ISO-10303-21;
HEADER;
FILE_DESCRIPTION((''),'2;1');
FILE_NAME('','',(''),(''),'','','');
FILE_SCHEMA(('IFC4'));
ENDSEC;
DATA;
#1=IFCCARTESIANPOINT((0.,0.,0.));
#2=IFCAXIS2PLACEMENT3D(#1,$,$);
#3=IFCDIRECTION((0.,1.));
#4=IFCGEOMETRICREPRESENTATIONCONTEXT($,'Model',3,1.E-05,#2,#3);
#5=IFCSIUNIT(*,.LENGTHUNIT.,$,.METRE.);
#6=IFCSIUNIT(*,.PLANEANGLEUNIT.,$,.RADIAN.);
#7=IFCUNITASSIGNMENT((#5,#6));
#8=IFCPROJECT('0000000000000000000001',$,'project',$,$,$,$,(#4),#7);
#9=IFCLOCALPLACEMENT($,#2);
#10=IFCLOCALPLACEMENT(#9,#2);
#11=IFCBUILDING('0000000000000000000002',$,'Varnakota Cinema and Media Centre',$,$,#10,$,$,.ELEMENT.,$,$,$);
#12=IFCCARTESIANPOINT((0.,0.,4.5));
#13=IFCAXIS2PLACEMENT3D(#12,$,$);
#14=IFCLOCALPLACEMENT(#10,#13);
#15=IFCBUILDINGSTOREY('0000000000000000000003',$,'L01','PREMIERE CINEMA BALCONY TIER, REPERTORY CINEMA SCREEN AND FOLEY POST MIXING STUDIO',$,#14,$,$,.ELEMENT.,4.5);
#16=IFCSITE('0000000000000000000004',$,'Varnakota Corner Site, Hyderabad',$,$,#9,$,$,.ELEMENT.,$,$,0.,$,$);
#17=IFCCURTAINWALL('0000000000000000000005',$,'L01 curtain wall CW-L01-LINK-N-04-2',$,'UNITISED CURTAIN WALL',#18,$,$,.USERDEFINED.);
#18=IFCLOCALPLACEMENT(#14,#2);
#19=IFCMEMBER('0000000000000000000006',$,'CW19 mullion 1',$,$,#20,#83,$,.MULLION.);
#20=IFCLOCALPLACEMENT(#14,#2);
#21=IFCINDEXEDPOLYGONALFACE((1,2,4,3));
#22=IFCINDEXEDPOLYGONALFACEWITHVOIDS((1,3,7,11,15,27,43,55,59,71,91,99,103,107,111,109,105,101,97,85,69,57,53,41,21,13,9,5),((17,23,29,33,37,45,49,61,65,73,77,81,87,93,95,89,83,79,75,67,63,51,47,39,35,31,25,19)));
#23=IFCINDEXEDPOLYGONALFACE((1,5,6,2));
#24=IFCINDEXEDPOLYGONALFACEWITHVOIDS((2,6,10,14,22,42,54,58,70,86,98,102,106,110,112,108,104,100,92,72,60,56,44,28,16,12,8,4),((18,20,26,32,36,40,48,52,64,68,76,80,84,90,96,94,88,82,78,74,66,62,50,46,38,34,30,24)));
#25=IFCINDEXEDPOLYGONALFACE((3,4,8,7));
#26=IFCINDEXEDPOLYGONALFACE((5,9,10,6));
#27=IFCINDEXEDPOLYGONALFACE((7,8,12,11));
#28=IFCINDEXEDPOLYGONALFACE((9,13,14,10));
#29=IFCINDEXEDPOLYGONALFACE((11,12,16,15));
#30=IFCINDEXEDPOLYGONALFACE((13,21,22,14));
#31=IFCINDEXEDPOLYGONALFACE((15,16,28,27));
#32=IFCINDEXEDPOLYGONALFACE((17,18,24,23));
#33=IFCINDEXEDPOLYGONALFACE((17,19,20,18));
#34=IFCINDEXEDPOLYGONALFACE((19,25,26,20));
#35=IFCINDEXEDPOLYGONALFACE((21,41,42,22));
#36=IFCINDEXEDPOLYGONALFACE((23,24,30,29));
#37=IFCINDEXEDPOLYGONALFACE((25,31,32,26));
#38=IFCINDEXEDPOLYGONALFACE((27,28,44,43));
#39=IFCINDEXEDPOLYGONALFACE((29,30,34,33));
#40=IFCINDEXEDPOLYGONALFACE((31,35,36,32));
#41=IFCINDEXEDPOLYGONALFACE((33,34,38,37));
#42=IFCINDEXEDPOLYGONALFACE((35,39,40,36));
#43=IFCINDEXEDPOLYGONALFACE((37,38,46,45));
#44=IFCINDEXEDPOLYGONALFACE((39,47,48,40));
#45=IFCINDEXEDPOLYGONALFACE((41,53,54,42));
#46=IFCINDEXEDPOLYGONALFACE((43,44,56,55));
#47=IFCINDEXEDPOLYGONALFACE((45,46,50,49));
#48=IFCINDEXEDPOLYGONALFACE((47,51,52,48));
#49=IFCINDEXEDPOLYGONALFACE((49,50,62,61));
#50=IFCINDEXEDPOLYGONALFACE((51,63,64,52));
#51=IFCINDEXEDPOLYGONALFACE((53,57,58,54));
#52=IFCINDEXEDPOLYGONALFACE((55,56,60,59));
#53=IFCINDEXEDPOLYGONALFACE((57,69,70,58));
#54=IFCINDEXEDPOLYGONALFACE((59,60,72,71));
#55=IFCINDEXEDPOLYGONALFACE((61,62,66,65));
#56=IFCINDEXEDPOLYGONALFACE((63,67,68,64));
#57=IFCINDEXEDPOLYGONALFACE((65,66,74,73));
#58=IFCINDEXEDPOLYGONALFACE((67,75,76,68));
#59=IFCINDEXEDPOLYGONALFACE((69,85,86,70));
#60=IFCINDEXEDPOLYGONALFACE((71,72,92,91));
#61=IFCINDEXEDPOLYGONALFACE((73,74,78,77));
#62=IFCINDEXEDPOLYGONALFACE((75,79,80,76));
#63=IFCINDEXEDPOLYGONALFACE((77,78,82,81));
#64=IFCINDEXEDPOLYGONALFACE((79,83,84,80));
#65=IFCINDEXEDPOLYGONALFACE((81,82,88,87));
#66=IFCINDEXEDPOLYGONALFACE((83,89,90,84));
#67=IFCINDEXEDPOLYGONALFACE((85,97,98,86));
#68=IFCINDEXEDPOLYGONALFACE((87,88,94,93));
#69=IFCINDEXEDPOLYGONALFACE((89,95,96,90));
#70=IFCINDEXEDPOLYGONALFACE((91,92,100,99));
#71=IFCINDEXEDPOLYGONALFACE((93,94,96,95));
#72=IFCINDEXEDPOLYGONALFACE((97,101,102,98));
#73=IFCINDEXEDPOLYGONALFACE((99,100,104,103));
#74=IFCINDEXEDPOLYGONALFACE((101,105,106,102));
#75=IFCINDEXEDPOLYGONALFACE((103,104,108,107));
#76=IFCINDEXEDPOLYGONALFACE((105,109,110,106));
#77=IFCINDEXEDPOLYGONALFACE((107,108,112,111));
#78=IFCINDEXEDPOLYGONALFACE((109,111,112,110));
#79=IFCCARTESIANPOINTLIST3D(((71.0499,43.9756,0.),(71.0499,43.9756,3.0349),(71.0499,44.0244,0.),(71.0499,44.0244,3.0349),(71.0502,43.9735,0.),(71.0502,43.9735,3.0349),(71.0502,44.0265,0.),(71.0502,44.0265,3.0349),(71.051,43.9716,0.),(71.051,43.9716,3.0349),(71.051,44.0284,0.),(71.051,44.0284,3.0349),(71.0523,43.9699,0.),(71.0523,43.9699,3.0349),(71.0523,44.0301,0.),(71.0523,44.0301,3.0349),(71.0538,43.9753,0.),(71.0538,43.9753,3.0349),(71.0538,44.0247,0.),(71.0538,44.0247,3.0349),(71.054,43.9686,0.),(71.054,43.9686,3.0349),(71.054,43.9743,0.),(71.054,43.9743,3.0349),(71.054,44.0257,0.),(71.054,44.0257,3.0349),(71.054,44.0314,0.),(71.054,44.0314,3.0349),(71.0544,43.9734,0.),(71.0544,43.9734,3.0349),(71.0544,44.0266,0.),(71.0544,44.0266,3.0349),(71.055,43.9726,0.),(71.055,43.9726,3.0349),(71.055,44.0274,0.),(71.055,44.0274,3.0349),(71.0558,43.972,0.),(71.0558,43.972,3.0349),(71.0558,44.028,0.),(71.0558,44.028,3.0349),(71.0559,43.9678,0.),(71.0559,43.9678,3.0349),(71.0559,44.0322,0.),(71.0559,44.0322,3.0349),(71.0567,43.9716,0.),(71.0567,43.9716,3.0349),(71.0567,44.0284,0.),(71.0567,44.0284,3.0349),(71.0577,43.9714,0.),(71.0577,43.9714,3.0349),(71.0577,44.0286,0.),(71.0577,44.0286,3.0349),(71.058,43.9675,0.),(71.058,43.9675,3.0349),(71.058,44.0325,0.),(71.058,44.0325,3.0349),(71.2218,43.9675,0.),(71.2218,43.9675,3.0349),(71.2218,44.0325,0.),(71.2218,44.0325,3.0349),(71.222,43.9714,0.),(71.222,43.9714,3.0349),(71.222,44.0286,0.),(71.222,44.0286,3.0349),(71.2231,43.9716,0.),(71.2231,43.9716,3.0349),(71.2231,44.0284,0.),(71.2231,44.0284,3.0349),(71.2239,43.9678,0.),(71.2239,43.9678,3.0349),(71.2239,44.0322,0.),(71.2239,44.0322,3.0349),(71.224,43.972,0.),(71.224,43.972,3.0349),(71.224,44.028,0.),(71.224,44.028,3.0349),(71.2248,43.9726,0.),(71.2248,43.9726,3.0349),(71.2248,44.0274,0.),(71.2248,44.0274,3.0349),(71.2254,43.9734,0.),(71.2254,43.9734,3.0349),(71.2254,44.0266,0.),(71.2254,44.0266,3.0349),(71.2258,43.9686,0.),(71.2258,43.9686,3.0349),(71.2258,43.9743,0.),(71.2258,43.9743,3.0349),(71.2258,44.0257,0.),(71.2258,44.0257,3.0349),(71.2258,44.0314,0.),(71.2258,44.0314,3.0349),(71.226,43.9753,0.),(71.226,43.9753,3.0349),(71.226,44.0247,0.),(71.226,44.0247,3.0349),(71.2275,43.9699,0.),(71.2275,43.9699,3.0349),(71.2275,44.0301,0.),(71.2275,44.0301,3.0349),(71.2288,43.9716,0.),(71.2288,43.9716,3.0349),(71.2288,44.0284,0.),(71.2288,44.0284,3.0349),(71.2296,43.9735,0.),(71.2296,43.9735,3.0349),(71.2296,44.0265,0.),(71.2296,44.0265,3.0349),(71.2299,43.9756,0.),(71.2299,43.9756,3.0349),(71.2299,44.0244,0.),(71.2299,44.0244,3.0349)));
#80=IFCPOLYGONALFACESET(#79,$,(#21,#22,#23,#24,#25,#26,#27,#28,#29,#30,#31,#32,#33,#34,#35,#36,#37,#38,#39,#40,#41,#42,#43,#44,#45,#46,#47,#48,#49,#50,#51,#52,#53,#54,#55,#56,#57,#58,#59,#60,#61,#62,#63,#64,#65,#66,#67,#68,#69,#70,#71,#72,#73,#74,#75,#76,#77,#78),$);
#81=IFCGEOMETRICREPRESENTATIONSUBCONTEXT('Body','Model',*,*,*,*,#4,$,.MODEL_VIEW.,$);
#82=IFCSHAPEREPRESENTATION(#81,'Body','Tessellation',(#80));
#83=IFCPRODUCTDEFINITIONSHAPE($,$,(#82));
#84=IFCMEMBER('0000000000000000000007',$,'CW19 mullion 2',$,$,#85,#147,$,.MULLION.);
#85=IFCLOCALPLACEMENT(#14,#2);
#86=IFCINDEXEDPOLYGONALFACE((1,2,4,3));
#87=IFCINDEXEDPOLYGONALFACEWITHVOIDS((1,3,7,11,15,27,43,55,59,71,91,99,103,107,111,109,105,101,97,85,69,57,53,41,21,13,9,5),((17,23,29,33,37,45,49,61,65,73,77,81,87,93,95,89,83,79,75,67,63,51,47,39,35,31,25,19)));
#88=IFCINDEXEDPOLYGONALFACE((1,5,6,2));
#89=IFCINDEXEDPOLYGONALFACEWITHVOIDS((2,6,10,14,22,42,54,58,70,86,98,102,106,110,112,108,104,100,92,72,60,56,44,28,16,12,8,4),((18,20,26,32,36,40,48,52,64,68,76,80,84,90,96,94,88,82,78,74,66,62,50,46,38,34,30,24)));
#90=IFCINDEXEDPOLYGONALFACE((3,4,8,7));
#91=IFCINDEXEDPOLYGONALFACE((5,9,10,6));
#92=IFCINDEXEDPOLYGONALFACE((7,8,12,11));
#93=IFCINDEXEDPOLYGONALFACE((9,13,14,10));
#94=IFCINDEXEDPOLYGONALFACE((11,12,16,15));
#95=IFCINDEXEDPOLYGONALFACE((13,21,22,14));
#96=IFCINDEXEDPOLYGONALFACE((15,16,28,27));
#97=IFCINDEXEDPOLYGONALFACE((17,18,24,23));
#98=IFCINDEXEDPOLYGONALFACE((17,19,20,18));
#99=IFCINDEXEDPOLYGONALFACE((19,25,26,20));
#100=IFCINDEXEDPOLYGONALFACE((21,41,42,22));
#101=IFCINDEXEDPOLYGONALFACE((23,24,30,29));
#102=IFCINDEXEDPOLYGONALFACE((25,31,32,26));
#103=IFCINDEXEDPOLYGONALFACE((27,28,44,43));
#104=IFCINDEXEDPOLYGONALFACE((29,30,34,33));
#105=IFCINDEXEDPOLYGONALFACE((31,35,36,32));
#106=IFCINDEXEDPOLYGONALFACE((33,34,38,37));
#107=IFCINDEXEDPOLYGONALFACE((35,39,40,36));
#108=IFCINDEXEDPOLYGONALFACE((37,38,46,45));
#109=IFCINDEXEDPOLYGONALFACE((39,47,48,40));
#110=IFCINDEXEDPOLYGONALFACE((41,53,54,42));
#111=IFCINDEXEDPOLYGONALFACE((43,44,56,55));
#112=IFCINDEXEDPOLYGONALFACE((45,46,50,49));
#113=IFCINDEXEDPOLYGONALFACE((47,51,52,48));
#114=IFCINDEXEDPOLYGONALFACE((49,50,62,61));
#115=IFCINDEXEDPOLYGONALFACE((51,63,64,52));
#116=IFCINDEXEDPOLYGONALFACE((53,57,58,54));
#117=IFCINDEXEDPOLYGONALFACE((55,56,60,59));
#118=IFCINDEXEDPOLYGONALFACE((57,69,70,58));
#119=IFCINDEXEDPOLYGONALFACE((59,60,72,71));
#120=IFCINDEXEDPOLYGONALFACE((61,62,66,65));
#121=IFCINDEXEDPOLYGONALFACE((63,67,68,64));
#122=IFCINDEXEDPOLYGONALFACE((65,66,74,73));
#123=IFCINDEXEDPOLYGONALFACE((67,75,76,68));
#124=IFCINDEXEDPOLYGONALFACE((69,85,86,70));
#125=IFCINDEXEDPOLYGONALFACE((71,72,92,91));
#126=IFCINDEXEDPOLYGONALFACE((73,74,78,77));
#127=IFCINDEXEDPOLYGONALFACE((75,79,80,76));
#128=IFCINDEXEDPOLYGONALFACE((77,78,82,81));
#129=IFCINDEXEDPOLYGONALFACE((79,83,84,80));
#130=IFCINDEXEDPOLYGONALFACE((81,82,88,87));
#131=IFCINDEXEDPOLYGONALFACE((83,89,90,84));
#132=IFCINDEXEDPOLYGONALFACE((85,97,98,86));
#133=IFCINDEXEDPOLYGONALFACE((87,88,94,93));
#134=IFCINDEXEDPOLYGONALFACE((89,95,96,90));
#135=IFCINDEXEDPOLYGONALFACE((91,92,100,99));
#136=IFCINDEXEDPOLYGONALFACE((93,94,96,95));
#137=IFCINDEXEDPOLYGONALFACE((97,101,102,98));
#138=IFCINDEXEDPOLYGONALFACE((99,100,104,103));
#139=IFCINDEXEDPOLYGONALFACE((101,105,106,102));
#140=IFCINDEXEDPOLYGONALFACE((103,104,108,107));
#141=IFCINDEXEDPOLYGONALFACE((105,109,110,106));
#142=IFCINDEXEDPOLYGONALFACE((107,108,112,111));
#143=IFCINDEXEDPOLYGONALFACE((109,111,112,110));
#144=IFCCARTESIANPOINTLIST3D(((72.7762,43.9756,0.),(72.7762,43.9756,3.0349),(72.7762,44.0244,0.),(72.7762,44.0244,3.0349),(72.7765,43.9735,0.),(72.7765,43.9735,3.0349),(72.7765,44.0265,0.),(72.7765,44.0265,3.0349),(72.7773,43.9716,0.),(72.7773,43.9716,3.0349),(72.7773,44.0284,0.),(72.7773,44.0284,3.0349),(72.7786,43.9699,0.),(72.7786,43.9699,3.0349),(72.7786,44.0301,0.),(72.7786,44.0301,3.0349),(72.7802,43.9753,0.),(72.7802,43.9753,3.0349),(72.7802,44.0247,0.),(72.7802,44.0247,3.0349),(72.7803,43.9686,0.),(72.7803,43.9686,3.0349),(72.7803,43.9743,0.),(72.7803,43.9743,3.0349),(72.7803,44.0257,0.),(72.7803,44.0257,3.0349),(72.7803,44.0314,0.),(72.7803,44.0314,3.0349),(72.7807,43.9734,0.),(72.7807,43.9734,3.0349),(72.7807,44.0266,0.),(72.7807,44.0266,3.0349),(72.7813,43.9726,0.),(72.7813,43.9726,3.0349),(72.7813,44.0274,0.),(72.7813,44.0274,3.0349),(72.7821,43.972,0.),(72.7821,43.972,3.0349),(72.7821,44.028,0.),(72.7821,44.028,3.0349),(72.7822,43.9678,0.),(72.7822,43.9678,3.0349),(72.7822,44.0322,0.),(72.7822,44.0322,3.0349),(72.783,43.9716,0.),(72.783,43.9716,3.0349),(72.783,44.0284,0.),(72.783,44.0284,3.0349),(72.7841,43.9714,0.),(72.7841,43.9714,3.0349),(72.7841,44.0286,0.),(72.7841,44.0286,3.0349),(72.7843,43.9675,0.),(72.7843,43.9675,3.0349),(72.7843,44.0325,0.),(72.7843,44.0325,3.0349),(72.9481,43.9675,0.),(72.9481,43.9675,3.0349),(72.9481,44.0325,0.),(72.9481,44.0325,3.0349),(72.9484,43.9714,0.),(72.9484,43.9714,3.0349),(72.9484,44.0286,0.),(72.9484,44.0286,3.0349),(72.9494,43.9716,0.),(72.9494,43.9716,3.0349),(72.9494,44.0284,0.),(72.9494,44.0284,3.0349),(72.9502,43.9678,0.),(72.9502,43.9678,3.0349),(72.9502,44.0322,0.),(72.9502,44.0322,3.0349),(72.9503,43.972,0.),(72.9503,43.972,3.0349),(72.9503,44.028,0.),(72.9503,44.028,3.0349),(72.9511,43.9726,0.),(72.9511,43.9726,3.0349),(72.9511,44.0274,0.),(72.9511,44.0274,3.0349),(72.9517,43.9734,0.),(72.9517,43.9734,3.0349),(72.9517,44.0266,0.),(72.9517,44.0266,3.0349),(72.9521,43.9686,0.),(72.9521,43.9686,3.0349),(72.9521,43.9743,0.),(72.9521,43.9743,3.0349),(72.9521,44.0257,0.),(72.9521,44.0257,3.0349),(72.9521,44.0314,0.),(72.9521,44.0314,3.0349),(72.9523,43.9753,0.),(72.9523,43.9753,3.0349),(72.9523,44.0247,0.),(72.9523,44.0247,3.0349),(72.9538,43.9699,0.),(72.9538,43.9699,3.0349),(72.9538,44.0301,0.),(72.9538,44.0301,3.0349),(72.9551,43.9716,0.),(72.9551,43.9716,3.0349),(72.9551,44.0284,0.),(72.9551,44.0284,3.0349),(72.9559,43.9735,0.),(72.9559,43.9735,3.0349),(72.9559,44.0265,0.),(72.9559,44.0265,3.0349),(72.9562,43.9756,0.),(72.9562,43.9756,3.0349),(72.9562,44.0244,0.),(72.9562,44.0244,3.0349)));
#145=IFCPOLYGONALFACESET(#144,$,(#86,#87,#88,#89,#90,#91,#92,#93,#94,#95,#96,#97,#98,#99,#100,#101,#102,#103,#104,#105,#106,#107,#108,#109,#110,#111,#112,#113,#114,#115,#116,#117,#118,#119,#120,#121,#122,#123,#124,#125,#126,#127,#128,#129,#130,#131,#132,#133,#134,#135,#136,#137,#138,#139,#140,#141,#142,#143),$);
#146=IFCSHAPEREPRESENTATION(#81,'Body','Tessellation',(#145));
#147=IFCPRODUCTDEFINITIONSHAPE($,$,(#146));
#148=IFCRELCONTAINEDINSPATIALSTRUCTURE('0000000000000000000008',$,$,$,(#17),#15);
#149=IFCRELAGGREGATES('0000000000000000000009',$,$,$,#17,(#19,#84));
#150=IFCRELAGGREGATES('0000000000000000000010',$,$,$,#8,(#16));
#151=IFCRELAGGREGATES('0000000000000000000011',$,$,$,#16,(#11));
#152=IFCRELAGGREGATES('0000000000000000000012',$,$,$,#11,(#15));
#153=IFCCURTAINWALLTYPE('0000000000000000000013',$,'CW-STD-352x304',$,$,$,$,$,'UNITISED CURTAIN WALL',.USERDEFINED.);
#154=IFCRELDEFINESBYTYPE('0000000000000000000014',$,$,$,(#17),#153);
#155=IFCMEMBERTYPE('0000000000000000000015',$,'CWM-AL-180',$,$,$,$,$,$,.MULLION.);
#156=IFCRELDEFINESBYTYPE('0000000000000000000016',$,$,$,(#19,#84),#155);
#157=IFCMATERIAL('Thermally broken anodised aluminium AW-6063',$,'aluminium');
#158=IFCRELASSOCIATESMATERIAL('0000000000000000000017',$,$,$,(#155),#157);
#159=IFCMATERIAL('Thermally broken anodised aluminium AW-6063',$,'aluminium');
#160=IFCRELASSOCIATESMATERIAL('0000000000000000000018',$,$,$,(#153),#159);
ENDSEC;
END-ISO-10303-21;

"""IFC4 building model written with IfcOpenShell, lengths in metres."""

from ifc_helpers import new_model, si_unit, direction, frame, origin, origin_2d, place, context, subcontext, project, spatial, hollow_rectangle, extrude, material, material_profile, profile_set, type_object, element, aggregate, save


model = new_model("IFC4")

# Units and contexts
model_context = context("Model", 3, precision=1e-05, world=origin(), true_north=direction((0.0, 1.0)))
body_context = subcontext(model_context, "Body", "Model", "MODEL_VIEW")
ifc_project = project(units=[si_unit("LENGTHUNIT", "METRE"), si_unit("PLANEANGLEUNIT", "RADIAN")], contexts=[model_context])

# Site, building, storey
site_placement = place(None, origin())
site = spatial("IfcSite", under=ifc_project, at=site_placement, Name="Varnakota Corner Site, Hyderabad", CompositionType="ELEMENT", RefElevation=0.0)
building_placement = place(site_placement, origin())
building = spatial("IfcBuilding", under=site, at=building_placement, Name="Varnakota Cinema and Media Centre", CompositionType="ELEMENT")
storey_placement = place(building_placement, frame((0.0, 0.0, 4.5)))
storey = spatial("IfcBuildingStorey", under=building, at=storey_placement, Name="L01", Description="PREMIERE CINEMA BALCONY TIER, REPERTORY CINEMA SCREEN AND FOLEY POST MIXING STUDIO", CompositionType="ELEMENT", Elevation=4.5)

# Shared definitions
ifc_material_1 = material(Name="Thermally broken anodised aluminium AW-6063", Category="aluminium")
ifc_material_profile_1 = material_profile(ifc_material_1, hollow_rectangle(XDim=0.0649, YDim=0.1799, WallThickness=0.0039, InnerFilletRadius=0.0039, OuterFilletRadius=0.0081, at=origin_2d()), Name="AL-MULLION 180x65x4")
ifc_profile_set_1 = profile_set([ifc_material_profile_1], Name="Thermally broken anodised aluminium AW-6063")
member_type_1 = type_object("IfcMemberType", Name="CWM-AL-180", PredefinedType="MULLION", material=ifc_profile_set_1)
ifc_material_2 = material(Name="Thermally broken anodised aluminium AW-6063", Category="aluminium")
curtain_wall_type_1 = type_object("IfcCurtainWallType", Name="CW-STD-352x304", ElementType="UNITISED CURTAIN WALL", PredefinedType="USERDEFINED", material=ifc_material_2)

# Curtain wall, members
curtain_wall_1_placement = place(storey_placement, origin())
curtain_wall_1 = element("IfcCurtainWall", 1, at=curtain_wall_1_placement, inside=storey, type_object=curtain_wall_type_1, Name="L01 curtain wall CW-L01-LINK-N-04-2", ObjectType="UNITISED CURTAIN WALL", PredefinedType="USERDEFINED")
member_1_placement = place(storey_placement, frame((71.1399, 44.0, 0.0), z_axis=(0.0, 0.0, 1.0), x_axis=(0.0, 1.0, 0.0)))
member_1 = element("IfcMember", 2, at=member_1_placement, type_object=member_type_1, Name="CW19 mullion 1", PredefinedType="MULLION", context=body_context, shape_type="SweptSolid", body=[
    extrude(hollow_rectangle(XDim=0.0649, YDim=0.1799, WallThickness=0.0039, InnerFilletRadius=0.0039, OuterFilletRadius=0.0081, at=origin_2d()), origin(), (0.0, 0.0, 1.0), 3.0349),
])
member_2_placement = place(storey_placement, frame((72.8662, 44.0, 0.0), z_axis=(0.0, 0.0, 1.0), x_axis=(0.0, 1.0, 0.0)))
member_2 = element("IfcMember", 3, at=member_2_placement, type_object=member_type_1, Name="CW19 mullion 2", PredefinedType="MULLION", context=body_context, shape_type="SweptSolid", body=[
    extrude(hollow_rectangle(XDim=0.0649, YDim=0.1799, WallThickness=0.0039, InnerFilletRadius=0.0039, OuterFilletRadius=0.0081, at=origin_2d()), origin(), (0.0, 0.0, 1.0), 3.0349),
])

aggregate(curtain_wall_1, [member_1, member_2])

save(model, "model.ifc")
